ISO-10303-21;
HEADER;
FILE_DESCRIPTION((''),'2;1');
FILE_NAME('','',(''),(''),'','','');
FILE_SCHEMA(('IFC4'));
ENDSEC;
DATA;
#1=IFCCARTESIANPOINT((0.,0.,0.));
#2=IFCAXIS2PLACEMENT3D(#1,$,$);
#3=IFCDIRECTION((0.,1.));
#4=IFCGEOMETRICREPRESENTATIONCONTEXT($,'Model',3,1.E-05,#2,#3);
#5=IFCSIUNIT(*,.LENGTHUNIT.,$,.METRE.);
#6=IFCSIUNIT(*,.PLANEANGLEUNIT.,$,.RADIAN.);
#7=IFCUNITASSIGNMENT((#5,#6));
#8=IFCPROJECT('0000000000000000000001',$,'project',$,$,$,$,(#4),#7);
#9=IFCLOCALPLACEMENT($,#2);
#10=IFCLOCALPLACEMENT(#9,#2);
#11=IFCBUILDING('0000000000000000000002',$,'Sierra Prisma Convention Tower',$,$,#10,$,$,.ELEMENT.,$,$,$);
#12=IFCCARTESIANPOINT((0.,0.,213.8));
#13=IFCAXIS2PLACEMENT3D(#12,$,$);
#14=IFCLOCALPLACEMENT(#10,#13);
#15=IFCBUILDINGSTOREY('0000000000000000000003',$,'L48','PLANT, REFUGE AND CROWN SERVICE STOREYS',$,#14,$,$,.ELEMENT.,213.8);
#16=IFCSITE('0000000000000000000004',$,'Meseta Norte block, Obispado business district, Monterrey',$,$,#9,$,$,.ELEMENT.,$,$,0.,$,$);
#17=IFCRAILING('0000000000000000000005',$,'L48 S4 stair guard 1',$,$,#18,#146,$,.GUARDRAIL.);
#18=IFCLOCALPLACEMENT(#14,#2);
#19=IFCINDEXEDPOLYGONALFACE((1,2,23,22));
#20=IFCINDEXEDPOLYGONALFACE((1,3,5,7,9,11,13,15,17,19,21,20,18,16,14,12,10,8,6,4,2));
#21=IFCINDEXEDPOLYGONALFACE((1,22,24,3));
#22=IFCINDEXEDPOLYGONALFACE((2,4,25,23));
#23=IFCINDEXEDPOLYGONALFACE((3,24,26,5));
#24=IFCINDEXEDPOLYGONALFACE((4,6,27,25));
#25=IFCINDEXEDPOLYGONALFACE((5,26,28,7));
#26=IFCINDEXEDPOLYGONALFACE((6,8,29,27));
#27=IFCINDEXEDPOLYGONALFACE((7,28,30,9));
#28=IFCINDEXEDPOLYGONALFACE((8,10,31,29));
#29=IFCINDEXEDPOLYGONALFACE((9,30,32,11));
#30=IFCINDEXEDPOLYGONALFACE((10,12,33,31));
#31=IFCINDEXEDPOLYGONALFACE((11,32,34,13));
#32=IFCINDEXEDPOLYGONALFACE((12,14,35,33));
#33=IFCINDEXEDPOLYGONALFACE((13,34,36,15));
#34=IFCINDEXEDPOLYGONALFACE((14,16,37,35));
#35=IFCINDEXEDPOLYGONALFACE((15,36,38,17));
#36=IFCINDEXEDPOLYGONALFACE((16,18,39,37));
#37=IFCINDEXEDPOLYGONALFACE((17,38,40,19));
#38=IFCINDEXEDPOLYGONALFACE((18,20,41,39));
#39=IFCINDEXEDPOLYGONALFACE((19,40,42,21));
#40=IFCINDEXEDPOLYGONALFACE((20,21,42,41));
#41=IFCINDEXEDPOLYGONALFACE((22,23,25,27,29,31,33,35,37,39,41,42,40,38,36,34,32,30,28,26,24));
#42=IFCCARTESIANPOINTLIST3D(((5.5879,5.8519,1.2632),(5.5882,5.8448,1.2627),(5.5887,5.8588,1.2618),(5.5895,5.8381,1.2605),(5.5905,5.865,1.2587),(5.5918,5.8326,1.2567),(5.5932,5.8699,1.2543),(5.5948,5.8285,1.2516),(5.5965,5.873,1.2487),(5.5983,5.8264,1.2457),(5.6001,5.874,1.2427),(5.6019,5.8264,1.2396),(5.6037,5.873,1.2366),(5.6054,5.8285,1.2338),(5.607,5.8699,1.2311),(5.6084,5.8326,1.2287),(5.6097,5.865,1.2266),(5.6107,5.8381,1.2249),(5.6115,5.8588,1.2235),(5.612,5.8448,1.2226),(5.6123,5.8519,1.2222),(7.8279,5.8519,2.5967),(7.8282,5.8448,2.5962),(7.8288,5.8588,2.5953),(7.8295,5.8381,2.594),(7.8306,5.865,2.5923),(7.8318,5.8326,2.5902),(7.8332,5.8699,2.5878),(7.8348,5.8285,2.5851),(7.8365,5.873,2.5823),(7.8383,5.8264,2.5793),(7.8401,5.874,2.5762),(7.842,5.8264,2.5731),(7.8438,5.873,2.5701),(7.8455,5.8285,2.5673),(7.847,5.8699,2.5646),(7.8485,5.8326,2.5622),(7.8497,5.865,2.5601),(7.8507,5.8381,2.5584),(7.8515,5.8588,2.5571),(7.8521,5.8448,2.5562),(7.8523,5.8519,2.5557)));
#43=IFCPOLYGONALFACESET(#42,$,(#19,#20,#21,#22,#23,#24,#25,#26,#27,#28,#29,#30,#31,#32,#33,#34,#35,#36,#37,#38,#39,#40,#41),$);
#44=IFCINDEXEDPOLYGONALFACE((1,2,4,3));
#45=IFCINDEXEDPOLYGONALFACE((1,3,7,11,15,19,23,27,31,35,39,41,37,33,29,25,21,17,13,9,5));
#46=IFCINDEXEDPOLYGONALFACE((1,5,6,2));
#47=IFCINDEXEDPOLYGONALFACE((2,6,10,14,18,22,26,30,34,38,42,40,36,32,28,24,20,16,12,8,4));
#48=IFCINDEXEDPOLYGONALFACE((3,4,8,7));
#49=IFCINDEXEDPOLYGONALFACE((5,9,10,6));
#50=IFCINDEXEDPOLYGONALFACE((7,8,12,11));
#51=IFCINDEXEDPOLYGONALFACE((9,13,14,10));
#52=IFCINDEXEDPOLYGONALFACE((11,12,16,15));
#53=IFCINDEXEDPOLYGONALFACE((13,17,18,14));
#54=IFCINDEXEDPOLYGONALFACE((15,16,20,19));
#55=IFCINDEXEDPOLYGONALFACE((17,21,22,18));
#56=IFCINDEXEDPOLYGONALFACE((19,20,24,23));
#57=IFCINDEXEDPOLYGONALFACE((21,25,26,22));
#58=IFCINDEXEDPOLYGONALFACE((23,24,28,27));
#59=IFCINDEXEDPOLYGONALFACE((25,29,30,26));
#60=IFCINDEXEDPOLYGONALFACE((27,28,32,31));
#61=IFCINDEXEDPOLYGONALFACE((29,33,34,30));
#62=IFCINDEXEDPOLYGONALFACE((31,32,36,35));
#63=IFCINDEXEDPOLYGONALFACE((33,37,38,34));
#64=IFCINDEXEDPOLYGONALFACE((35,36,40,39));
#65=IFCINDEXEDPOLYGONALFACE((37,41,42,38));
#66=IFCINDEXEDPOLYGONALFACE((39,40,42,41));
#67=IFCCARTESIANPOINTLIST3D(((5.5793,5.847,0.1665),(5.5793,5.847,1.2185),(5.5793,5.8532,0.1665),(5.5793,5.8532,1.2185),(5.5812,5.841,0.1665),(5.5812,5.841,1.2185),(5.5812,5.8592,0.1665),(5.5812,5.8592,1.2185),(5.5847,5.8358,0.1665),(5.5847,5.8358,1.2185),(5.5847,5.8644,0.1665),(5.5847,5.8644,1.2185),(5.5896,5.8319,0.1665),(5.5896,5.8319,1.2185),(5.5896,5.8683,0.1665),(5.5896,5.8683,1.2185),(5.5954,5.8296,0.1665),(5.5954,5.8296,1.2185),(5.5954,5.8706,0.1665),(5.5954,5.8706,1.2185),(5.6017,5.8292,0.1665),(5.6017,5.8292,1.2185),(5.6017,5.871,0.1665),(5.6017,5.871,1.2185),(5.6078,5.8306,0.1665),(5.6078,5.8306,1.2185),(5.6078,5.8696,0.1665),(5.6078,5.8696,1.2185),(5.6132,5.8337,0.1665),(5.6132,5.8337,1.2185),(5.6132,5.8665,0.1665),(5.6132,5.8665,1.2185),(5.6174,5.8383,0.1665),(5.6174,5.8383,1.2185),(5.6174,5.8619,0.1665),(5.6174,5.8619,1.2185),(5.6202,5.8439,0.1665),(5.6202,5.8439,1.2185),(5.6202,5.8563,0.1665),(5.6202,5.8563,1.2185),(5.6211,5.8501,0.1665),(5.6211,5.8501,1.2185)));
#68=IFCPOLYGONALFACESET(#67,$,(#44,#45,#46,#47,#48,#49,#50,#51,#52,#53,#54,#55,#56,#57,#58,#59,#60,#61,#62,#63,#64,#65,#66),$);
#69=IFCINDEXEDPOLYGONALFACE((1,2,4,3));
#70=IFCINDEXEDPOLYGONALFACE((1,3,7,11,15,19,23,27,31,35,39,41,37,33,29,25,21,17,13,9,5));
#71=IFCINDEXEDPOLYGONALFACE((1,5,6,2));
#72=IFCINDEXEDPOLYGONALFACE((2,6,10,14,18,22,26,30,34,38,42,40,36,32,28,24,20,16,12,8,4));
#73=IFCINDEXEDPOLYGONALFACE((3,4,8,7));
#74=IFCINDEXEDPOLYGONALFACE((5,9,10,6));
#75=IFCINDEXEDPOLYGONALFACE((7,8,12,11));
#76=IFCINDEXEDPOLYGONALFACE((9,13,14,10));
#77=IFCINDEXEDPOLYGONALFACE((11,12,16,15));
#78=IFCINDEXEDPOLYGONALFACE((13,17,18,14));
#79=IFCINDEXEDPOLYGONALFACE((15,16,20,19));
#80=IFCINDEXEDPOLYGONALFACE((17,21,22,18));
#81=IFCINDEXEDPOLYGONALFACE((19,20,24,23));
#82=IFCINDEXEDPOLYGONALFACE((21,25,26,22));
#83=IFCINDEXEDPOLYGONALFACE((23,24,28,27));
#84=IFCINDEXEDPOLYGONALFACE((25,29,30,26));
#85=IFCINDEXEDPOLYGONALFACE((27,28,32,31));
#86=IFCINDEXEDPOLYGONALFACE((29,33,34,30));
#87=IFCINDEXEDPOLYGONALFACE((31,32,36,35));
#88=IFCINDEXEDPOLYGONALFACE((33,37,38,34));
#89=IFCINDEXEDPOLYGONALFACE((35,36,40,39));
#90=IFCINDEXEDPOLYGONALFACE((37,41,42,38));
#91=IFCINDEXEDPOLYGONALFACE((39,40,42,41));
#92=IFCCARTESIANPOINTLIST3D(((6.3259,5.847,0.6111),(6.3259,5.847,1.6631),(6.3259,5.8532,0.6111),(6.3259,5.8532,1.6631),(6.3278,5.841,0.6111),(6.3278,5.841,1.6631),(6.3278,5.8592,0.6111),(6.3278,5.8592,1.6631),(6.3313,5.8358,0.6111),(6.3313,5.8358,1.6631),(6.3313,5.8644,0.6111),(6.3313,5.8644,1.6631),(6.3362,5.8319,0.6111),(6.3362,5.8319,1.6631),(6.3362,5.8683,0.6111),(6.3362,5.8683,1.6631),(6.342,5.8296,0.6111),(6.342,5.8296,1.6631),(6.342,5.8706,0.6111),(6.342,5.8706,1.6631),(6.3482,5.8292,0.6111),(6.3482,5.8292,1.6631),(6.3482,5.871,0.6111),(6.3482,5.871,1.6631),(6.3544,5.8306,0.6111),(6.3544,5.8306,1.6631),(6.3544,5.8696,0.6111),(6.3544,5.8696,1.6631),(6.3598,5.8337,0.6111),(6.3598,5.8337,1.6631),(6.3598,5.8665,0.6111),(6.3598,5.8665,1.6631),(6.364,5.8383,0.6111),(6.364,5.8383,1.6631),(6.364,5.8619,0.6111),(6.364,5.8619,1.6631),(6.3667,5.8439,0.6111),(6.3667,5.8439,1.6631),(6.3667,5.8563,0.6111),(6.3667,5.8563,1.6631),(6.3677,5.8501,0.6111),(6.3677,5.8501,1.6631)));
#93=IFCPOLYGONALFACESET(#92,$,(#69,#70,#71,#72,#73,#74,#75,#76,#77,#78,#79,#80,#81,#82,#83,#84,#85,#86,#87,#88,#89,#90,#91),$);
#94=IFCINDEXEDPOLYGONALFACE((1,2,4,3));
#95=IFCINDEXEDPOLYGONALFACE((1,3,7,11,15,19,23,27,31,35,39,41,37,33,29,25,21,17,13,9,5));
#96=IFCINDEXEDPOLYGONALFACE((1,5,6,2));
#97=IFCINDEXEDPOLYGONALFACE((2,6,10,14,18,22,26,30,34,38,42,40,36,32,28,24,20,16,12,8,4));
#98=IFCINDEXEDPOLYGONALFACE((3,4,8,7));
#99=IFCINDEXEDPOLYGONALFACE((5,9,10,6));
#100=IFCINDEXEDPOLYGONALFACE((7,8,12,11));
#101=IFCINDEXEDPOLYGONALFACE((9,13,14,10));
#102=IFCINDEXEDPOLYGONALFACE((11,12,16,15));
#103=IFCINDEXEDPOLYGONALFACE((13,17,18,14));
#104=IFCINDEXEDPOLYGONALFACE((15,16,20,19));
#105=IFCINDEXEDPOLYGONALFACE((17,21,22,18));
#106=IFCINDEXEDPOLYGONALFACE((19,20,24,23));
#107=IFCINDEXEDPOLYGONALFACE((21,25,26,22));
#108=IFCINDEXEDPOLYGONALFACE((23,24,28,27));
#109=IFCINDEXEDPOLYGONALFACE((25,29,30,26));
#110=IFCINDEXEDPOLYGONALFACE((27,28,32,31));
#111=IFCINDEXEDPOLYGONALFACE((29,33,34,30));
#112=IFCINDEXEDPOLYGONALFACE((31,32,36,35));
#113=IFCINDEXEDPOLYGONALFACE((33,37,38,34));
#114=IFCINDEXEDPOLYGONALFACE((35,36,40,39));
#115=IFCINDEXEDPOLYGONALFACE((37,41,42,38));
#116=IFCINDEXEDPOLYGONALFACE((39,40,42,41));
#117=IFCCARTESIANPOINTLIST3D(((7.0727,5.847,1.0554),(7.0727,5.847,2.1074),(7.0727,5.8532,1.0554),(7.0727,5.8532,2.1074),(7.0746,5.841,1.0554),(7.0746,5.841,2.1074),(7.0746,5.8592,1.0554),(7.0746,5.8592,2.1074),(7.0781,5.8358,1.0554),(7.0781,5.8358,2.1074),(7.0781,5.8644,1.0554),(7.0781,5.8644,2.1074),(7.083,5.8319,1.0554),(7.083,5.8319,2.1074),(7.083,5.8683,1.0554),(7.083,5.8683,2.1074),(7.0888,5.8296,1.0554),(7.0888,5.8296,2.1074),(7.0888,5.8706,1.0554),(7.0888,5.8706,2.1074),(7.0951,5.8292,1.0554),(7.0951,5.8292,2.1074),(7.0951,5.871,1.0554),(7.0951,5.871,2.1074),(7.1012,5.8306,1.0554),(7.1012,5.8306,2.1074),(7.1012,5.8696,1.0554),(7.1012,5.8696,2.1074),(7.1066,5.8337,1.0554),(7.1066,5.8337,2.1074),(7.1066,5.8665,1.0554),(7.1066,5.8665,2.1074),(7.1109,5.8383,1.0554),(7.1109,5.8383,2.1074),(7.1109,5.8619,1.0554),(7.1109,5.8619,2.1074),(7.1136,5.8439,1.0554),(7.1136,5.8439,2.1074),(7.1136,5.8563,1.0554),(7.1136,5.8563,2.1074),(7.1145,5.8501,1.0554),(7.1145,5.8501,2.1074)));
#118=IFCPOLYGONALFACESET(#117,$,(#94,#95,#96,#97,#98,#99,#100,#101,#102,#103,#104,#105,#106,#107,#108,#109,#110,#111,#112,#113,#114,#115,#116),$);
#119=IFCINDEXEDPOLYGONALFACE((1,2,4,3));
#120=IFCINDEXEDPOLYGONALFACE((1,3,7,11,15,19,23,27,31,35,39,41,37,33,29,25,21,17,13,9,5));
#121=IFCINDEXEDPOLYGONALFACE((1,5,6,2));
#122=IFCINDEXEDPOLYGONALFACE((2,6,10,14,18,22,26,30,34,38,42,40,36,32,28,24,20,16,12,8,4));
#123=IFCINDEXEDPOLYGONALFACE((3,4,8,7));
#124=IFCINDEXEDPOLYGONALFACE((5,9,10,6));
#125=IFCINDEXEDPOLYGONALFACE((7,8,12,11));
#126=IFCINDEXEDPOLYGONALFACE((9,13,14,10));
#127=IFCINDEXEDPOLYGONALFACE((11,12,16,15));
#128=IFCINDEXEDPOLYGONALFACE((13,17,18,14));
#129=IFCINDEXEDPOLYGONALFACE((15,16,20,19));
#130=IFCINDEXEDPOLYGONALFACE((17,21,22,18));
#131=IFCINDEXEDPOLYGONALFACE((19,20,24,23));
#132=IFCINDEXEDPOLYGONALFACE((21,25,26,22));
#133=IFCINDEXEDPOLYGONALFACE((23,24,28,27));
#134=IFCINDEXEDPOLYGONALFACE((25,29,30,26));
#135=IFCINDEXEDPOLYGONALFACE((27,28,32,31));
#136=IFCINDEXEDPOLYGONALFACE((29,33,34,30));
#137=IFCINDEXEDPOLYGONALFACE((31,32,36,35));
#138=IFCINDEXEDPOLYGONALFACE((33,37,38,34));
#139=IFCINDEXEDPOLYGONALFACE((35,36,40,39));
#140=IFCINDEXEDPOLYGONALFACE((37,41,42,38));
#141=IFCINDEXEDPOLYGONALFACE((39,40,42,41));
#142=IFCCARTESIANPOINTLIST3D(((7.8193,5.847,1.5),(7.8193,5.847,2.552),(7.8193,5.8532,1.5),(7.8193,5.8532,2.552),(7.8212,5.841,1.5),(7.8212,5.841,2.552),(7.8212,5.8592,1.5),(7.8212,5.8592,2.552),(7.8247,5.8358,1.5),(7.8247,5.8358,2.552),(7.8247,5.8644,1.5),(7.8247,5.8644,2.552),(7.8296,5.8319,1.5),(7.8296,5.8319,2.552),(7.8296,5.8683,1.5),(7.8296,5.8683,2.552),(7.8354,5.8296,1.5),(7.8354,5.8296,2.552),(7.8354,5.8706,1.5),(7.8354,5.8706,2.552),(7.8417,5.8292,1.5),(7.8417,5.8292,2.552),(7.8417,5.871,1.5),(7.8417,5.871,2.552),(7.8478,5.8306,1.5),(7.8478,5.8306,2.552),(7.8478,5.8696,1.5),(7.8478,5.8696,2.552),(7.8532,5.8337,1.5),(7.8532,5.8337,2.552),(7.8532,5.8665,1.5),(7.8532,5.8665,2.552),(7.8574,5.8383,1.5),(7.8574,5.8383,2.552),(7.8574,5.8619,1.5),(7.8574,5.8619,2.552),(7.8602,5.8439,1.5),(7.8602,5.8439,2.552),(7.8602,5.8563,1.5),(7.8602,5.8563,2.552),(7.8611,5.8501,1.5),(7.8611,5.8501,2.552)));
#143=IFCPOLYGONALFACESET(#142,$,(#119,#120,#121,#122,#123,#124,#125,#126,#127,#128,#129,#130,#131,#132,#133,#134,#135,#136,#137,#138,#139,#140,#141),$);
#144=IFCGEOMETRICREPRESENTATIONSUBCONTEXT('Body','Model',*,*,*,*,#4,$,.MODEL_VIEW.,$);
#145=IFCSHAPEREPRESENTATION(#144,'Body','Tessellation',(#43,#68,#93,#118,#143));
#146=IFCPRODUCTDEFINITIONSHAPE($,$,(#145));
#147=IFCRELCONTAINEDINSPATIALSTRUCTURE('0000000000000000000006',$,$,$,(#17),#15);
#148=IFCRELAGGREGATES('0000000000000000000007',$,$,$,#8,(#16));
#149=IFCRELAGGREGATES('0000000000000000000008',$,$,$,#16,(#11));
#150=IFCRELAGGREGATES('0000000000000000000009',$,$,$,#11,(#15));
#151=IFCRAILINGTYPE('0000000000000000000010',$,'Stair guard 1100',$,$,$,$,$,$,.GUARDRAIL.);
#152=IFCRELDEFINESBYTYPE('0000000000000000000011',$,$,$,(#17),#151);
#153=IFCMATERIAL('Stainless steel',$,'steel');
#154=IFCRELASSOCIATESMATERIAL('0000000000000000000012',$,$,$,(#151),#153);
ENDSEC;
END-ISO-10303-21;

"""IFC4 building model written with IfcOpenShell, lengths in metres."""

from ifc_helpers import new_model, si_unit, direction, frame, origin, origin_2d, place, context, subcontext, project, spatial, circle, extrude, material, type_object, element, save


model = new_model("IFC4")

# Units and contexts
model_context = context("Model", 3, precision=1e-05, world=origin(), true_north=direction((0.0, 1.0)))
body_context = subcontext(model_context, "Body", "Model", "MODEL_VIEW")
ifc_project = project(units=[si_unit("LENGTHUNIT", "METRE"), si_unit("PLANEANGLEUNIT", "RADIAN")], contexts=[model_context])

# Site, building, storey
site_placement = place(None, origin())
site = spatial("IfcSite", under=ifc_project, at=site_placement, Name="Meseta Norte block, Obispado business district, Monterrey", CompositionType="ELEMENT", RefElevation=0.0)
building_placement = place(site_placement, origin())
building = spatial("IfcBuilding", under=site, at=building_placement, Name="Sierra Prisma Convention Tower", CompositionType="ELEMENT")
storey_placement = place(building_placement, frame((0.0, 0.0, 213.8)))
storey = spatial("IfcBuildingStorey", under=building, at=storey_placement, Name="L48", Description="PLANT, REFUGE AND CROWN SERVICE STOREYS", CompositionType="ELEMENT", Elevation=213.8)

# Railing
ifc_material_1 = material(Name="Stainless steel", Category="steel")
railing_type_1 = type_object("IfcRailingType", Name="Stair guard 1100", PredefinedType="GUARDRAIL", material=ifc_material_1)
railing_1_placement = place(storey_placement, frame((5.6001, 5.8501, 0.1665)))
element("IfcRailing", 1, at=railing_1_placement, inside=storey, type_object=railing_type_1, Name="L48 S4 stair guard 1", PredefinedType="GUARDRAIL", context=body_context, shape_type="SweptSolid", body=[
    extrude(circle(Radius=0.0239, at=origin_2d()), frame((0.0, 0.0, 1.0762), z_axis=(0.859264, 0.0, 0.511532), x_axis=(0.0, 1.0, 0.0)), (0.0, 0.0, 1.0), 2.6069),
    extrude(circle(Radius=0.021, at=origin_2d()), origin(), (0.0, 0.0, 1.0), 1.052),
    extrude(circle(Radius=0.021, at=origin_2d()), frame((0.7466, 0.0, 0.4446)), (0.0, 0.0, 1.0), 1.052),
    extrude(circle(Radius=0.021, at=origin_2d()), frame((1.4934, 0.0, 0.8889)), (0.0, 0.0, 1.0), 1.052),
    extrude(circle(Radius=0.021, at=origin_2d()), frame((2.24, 0.0, 1.3335)), (0.0, 0.0, 1.0), 1.052),
])

save(model, "model.ifc")
